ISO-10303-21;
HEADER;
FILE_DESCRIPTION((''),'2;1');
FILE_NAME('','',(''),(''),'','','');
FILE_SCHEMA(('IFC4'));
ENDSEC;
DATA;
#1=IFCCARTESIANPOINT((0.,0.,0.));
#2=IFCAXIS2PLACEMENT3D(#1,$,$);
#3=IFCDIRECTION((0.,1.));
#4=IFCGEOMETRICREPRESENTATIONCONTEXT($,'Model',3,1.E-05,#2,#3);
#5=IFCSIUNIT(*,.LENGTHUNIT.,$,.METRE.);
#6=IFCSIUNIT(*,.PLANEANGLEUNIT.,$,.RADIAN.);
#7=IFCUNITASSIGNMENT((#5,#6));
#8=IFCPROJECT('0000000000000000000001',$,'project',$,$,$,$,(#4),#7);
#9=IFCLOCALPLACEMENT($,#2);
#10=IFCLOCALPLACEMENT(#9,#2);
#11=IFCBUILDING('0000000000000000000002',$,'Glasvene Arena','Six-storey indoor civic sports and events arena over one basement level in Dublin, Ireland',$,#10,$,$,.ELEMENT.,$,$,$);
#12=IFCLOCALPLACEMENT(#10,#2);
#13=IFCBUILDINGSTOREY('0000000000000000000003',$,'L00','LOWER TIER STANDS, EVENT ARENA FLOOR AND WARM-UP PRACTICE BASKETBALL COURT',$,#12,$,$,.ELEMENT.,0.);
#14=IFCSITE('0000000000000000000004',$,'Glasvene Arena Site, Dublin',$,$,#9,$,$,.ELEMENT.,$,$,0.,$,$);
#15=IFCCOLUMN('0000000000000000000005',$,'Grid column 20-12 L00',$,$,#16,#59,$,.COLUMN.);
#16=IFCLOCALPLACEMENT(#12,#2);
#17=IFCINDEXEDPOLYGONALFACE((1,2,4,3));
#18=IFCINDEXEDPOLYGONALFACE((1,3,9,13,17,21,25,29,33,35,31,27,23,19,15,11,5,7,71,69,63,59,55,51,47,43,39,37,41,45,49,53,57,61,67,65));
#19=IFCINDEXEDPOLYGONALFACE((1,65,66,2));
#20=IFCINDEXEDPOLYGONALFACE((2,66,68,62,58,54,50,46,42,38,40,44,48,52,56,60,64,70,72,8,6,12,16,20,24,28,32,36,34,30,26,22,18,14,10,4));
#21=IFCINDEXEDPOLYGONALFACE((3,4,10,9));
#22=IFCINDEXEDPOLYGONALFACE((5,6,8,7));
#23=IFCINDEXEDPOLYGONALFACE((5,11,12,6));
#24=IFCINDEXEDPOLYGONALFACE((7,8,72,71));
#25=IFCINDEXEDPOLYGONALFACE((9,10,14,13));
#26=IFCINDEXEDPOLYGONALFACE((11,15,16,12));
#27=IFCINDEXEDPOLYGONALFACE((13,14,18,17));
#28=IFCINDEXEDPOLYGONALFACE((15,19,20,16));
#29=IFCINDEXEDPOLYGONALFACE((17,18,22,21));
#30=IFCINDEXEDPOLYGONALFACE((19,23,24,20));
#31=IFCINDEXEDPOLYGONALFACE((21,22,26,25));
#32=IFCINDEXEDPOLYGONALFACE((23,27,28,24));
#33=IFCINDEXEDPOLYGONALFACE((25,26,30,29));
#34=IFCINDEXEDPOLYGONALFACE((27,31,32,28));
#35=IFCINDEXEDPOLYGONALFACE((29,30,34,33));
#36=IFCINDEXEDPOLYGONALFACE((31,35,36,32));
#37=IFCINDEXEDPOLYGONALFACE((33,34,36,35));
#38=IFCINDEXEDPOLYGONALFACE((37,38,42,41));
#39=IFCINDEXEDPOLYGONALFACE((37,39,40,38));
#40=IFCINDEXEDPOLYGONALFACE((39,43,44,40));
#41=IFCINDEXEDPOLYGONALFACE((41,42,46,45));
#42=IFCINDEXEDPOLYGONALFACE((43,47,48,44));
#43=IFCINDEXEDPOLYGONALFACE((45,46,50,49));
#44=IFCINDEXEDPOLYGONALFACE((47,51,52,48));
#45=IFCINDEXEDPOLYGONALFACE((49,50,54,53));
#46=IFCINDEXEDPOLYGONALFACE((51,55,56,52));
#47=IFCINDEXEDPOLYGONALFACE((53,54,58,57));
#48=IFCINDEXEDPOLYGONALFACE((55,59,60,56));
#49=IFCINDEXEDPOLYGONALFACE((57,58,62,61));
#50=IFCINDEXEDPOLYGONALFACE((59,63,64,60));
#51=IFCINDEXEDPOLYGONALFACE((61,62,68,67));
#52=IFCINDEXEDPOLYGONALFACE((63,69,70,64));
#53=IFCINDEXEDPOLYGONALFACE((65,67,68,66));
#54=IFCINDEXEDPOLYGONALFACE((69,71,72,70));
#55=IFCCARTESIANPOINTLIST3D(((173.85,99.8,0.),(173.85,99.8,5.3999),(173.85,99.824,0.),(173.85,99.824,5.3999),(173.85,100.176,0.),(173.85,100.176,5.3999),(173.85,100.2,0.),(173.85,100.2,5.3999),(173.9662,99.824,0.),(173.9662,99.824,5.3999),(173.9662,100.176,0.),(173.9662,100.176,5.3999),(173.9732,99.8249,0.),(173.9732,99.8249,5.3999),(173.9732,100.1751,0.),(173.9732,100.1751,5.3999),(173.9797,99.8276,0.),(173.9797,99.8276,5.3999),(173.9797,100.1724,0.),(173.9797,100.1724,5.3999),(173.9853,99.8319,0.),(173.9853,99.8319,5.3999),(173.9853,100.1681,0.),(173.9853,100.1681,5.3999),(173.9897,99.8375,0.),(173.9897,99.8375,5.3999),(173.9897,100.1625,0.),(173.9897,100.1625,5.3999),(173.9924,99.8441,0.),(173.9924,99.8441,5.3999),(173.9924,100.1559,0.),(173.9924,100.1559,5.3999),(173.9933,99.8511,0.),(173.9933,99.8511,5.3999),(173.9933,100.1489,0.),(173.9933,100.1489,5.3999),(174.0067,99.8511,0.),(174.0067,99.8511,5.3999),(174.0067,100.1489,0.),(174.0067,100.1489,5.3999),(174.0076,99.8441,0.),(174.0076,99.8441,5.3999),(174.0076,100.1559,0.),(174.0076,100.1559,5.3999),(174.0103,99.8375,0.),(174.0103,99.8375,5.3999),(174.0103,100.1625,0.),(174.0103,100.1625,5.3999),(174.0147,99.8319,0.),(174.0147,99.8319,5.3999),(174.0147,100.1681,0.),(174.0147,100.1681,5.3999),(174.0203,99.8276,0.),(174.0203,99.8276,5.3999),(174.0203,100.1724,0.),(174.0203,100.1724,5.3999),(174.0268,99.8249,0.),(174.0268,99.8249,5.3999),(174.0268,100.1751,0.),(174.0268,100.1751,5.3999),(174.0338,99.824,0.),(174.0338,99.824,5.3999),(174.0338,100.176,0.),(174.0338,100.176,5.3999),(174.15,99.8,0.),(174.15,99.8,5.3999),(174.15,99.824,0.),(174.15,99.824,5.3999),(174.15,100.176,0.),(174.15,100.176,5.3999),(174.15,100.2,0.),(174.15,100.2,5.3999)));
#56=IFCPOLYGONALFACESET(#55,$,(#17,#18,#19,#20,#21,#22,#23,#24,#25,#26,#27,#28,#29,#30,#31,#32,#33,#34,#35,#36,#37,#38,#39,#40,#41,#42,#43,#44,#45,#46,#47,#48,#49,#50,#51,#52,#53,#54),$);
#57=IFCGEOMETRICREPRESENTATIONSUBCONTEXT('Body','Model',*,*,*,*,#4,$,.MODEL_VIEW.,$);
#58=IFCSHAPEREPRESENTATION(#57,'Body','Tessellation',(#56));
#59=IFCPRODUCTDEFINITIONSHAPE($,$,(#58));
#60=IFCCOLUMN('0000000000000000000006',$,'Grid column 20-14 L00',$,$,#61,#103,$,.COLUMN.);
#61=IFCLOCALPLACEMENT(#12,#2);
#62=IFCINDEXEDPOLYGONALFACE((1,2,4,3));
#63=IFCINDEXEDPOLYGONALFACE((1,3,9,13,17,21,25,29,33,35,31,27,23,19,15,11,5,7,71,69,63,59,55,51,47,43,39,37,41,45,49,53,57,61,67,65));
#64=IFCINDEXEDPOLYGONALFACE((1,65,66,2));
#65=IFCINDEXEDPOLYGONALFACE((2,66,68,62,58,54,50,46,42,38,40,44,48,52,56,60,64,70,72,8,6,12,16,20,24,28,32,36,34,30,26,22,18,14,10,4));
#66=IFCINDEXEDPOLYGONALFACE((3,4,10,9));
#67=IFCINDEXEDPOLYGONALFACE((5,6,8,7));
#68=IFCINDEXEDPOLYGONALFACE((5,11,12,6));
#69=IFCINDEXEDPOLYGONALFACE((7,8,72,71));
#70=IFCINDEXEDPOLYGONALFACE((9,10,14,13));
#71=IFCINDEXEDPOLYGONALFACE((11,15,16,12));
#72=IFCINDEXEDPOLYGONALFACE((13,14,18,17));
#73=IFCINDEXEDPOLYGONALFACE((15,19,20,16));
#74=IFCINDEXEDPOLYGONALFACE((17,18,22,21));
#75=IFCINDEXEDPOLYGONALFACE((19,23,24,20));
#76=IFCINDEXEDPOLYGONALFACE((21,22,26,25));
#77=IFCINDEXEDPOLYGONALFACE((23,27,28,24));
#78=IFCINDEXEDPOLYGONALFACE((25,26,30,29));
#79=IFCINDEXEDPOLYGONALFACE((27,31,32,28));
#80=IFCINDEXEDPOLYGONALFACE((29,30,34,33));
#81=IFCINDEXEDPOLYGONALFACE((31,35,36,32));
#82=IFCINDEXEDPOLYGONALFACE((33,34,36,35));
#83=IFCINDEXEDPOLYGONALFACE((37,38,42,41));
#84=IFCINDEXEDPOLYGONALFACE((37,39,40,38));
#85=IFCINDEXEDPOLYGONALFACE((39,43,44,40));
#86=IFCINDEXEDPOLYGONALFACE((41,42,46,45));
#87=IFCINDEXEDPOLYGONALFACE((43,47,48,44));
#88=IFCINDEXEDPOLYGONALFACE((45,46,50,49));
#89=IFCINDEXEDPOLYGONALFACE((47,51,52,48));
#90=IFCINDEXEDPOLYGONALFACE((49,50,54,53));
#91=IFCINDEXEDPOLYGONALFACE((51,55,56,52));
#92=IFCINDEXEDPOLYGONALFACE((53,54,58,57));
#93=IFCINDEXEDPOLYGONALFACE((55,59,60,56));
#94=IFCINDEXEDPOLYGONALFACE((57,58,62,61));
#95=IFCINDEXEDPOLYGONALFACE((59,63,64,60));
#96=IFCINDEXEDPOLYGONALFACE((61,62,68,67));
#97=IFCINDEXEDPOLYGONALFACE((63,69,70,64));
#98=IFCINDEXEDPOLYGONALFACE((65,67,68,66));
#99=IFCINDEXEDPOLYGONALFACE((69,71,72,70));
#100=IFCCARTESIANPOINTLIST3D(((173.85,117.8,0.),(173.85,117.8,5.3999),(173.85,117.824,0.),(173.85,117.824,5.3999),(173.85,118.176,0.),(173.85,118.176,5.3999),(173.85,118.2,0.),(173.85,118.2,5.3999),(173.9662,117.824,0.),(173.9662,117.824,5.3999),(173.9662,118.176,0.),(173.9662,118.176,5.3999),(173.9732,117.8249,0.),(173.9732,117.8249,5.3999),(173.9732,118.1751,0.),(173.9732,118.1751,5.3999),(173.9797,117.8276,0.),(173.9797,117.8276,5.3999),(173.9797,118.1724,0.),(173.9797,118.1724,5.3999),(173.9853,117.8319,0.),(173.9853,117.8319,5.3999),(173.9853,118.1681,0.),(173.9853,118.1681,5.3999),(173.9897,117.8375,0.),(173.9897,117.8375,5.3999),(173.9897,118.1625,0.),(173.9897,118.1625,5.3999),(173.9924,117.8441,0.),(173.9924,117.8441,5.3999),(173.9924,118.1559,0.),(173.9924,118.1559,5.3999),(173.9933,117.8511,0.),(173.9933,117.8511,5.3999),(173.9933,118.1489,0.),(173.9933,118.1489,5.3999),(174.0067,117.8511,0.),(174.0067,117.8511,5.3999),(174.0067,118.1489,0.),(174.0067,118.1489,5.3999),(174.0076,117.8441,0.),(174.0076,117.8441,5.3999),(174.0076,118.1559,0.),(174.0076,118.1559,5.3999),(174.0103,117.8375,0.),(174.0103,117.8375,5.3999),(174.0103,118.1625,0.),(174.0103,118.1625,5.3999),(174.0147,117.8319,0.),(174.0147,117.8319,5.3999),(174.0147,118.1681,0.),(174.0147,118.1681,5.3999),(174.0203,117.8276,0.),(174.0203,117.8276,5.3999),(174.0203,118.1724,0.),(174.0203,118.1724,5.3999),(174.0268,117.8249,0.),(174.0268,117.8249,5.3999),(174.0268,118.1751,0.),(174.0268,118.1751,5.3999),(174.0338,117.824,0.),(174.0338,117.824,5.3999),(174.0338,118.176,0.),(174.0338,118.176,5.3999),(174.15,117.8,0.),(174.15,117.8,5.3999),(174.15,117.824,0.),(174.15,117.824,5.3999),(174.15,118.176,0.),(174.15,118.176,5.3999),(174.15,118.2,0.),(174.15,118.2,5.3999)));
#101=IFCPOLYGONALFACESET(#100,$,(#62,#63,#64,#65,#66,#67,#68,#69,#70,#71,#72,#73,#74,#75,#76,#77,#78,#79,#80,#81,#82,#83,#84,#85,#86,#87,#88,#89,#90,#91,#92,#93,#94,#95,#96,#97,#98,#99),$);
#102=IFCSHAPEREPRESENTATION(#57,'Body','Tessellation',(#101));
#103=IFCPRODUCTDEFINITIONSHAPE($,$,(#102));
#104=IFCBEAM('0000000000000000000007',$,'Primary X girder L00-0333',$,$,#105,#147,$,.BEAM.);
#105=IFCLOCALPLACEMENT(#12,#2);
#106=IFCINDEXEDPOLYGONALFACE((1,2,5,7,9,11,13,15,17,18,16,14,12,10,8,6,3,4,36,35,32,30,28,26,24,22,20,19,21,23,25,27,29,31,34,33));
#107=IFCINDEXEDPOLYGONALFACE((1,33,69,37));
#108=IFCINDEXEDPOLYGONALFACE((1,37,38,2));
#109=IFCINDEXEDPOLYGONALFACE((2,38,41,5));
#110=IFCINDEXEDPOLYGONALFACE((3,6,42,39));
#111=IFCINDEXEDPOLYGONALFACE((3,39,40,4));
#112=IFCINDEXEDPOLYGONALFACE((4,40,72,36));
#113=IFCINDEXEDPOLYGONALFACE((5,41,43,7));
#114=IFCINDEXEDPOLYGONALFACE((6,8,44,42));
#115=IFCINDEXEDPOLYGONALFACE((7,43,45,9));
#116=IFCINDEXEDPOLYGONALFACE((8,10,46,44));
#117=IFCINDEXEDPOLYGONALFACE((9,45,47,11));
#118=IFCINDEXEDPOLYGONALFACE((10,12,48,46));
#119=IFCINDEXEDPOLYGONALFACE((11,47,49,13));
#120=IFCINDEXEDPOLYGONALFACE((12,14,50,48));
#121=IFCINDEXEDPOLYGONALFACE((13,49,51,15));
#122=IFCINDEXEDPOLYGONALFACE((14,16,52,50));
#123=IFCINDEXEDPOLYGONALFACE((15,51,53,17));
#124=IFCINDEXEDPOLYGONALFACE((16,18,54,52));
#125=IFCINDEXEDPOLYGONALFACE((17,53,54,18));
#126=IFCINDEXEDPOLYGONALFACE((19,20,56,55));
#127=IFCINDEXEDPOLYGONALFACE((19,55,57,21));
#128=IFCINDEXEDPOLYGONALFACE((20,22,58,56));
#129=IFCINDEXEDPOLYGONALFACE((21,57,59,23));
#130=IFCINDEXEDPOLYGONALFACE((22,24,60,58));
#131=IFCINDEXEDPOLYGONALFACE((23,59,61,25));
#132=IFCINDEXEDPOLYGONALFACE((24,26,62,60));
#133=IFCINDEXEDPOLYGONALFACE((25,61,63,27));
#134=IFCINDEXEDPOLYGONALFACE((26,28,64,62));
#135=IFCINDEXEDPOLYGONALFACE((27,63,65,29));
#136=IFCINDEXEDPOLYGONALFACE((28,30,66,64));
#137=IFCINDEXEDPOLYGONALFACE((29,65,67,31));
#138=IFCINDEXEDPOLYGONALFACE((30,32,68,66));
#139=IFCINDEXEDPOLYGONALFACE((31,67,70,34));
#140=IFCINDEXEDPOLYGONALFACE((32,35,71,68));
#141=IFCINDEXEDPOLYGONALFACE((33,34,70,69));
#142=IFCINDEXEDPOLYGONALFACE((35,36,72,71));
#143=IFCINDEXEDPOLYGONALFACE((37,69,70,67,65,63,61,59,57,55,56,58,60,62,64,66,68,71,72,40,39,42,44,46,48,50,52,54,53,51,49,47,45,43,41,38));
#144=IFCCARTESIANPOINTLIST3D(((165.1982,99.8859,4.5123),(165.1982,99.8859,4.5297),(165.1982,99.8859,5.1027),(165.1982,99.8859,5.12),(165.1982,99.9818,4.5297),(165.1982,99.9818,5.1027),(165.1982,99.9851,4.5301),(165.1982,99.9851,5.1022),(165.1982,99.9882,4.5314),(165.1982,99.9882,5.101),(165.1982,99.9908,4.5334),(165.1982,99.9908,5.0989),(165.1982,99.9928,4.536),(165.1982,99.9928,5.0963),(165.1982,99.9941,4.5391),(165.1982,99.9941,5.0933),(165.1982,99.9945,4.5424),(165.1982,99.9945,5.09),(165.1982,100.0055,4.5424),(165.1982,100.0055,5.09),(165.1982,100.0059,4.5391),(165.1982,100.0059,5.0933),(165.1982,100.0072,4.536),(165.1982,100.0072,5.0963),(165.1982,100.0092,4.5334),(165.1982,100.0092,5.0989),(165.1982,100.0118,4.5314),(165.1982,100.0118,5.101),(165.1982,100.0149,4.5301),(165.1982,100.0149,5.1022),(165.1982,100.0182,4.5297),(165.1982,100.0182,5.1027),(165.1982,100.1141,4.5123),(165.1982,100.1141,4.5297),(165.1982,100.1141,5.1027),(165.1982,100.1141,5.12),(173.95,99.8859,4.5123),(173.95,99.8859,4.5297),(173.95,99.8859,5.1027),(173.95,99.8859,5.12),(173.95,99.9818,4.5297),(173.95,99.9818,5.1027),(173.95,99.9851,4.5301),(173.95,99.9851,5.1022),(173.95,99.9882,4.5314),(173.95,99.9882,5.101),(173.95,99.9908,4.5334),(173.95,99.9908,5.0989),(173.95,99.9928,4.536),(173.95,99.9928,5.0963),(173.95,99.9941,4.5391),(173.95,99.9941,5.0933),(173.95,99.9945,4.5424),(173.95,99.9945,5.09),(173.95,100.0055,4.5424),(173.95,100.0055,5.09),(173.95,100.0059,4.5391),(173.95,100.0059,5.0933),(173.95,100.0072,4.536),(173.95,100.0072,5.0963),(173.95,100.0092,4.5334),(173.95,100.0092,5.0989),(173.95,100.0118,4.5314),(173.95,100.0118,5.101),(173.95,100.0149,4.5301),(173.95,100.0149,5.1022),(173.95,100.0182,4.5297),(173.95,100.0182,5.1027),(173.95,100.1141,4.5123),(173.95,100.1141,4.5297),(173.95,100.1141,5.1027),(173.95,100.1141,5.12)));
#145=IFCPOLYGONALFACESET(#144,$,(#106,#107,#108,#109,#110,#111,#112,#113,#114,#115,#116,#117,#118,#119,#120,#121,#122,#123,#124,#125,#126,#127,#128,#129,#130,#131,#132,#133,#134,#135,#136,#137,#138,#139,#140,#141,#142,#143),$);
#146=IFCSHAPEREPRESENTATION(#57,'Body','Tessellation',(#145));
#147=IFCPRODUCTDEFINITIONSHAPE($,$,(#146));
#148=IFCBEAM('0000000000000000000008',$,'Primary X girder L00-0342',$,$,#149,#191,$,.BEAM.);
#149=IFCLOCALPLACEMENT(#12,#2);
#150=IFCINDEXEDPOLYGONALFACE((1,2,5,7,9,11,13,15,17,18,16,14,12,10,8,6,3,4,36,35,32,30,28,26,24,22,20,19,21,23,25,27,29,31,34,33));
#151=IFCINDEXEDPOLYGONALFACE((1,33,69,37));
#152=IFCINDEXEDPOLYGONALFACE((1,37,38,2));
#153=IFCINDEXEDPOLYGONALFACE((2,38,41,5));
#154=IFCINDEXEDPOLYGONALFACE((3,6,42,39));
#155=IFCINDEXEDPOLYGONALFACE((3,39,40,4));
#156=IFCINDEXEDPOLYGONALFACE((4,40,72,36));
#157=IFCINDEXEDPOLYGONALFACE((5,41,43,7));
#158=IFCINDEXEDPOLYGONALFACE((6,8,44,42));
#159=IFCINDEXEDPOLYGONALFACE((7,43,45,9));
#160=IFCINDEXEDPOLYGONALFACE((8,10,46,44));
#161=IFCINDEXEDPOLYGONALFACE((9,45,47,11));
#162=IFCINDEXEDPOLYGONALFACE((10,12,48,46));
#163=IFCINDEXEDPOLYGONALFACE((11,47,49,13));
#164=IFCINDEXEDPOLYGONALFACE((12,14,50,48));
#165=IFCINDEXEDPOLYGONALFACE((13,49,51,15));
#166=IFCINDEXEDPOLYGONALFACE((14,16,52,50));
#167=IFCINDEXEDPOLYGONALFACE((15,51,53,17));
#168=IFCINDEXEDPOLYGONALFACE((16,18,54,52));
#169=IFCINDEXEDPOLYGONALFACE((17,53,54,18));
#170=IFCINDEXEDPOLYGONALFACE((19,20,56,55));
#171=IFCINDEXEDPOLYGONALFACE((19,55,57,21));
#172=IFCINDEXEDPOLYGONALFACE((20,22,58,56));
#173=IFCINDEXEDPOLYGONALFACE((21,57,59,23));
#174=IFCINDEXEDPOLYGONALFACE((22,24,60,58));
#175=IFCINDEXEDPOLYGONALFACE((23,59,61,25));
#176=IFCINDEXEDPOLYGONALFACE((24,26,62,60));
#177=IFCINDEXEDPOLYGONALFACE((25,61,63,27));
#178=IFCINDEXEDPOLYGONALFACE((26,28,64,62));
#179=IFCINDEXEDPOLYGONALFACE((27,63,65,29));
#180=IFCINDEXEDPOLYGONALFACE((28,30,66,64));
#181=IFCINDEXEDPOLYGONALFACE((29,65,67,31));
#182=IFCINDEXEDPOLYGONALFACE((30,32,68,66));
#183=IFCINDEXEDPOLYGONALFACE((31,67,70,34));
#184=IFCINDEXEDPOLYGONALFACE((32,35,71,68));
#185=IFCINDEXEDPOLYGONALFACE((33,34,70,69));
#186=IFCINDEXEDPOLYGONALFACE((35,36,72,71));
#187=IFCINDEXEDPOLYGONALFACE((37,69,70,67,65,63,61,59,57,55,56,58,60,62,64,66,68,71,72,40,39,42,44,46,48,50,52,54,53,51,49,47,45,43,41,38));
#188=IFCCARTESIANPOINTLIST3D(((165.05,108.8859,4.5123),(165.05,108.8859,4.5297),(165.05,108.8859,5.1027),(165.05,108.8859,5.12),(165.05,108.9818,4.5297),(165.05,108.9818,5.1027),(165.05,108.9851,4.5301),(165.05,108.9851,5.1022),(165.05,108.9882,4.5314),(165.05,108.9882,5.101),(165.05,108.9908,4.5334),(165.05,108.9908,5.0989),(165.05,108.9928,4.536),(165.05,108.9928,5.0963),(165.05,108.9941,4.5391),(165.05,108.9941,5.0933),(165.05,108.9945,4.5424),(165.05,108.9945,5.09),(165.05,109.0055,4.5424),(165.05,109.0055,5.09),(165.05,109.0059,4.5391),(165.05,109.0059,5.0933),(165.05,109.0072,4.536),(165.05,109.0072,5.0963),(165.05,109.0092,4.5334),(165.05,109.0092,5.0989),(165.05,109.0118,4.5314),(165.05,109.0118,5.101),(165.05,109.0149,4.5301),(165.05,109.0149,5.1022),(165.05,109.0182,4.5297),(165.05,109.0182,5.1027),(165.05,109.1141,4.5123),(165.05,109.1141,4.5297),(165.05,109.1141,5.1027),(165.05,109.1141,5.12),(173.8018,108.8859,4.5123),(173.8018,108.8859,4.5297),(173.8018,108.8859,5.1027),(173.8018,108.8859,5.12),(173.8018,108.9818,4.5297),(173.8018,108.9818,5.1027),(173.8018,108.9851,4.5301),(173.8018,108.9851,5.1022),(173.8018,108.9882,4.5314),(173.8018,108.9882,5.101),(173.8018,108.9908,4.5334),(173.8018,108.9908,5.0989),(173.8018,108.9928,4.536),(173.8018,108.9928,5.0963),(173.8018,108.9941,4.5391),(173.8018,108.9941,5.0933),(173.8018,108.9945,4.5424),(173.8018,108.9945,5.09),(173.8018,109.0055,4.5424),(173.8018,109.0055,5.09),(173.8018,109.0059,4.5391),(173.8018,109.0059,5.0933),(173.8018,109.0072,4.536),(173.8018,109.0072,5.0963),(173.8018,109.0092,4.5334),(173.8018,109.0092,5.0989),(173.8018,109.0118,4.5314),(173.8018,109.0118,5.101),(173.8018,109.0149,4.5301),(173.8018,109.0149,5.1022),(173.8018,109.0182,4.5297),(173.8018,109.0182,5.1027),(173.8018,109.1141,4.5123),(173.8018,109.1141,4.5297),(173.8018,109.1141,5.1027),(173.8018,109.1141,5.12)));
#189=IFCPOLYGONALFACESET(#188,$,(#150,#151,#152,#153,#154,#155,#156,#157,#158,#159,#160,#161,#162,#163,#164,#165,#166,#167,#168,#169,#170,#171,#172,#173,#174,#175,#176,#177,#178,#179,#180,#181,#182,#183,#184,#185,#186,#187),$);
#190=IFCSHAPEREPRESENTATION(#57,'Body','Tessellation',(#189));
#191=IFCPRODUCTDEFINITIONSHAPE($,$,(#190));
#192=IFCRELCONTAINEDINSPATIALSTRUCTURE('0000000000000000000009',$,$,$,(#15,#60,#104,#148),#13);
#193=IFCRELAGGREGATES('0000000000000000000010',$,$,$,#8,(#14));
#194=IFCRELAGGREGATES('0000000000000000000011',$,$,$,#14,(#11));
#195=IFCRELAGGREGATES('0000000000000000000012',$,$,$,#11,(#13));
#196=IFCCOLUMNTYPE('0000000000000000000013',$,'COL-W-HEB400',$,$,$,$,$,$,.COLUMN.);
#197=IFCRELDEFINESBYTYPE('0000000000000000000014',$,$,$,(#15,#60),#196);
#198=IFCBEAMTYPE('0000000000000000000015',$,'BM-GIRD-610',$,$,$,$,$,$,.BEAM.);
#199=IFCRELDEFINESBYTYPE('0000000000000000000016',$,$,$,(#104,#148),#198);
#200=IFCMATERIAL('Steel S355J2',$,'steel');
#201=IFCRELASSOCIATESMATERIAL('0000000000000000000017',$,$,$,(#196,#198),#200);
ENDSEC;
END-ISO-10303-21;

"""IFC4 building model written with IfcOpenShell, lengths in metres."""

from ifc_helpers import new_model, si_unit, direction, frame, origin, origin_2d, place, context, subcontext, project, spatial, i_section, extrude, material, material_profile, profile_set, type_object, element, save


model = new_model("IFC4")

# Units and contexts
model_context = context("Model", 3, precision=1e-05, world=origin(), true_north=direction((0.0, 1.0)))
body_context = subcontext(model_context, "Body", "Model", "MODEL_VIEW")
ifc_project = project(units=[si_unit("LENGTHUNIT", "METRE"), si_unit("PLANEANGLEUNIT", "RADIAN")], contexts=[model_context])

# Site, building, storey
site_placement = place(None, origin())
site = spatial("IfcSite", under=ifc_project, at=site_placement, Name="Glasvene Arena Site, Dublin", CompositionType="ELEMENT", RefElevation=0.0)
building_placement = place(site_placement, origin())
building = spatial("IfcBuilding", under=site, at=building_placement, Name="Glasvene Arena", Description="Six-storey indoor civic sports and events arena over one basement level in Dublin, Ireland", CompositionType="ELEMENT")
storey_placement = place(building_placement, origin())
storey = spatial("IfcBuildingStorey", under=building, at=storey_placement, Name="L00", Description="LOWER TIER STANDS, EVENT ARENA FLOOR AND WARM-UP PRACTICE BASKETBALL COURT", CompositionType="ELEMENT", Elevation=0.0)

# Columns
ifc_material_1 = material(Name="Steel S355J2", Category="steel")
ifc_material_profile_1 = material_profile(ifc_material_1, i_section(OverallWidth=0.3, OverallDepth=0.3999, WebThickness=0.0134, FlangeThickness=0.0239, FilletRadius=0.0271, at=origin_2d()), Name="HEB 400")
ifc_profile_set_1 = profile_set([ifc_material_profile_1], Name="Steel S355J2")
column_type_1 = type_object("IfcColumnType", Name="COL-W-HEB400", PredefinedType="COLUMN", material=ifc_profile_set_1)
for number, where, z_axis, x_axis, name in (
    (1, (174.0, 100.0, 0.0), (0.0, 0.0, 1.0), (1.0, 0.0, 0.0), "Grid column 20-12 L00"),
    (2, (174.0, 118.0, 0.0), (0.0, 0.0, 1.0), (1.0, 0.0, 0.0), "Grid column 20-14 L00"),
):
    element("IfcColumn", number, at=place(storey_placement, frame(where, z_axis=z_axis, x_axis=x_axis)), inside=storey, type_object=column_type_1, Name=name, PredefinedType="COLUMN", context=body_context, shape_type="SweptSolid", body=[
        extrude(i_section(OverallWidth=0.3, OverallDepth=0.3999, WebThickness=0.0134, FlangeThickness=0.0239, FilletRadius=0.0271, at=origin_2d()), origin(), (0.0, 0.0, 1.0), 5.3999),
    ])

# Beams
ifc_material_profile_2 = material_profile(ifc_material_1, i_section(OverallWidth=0.2283, OverallDepth=0.6077, WebThickness=0.011, FlangeThickness=0.0173, FilletRadius=0.0127, at=origin_2d()), Name="UKB 610x229x113")
ifc_profile_set_2 = profile_set([ifc_material_profile_2], Name="Steel S355J2")
beam_type_1 = type_object("IfcBeamType", Name="BM-GIRD-610", PredefinedType="BEAM", material=ifc_profile_set_2)
for number, where, z_axis, x_axis, name in (
    (3, (165.1982, 100.0, 4.8162), (1.0, 0.0, 0.0), (0.0, 1.0, 0.0), "Primary X girder L00-0333"),
    (4, (165.05, 109.0, 4.8162), (1.0, 0.0, 0.0), (0.0, 1.0, 0.0), "Primary X girder L00-0342"),
):
    element("IfcBeam", number, at=place(storey_placement, frame(where, z_axis=z_axis, x_axis=x_axis)), inside=storey, type_object=beam_type_1, Name=name, PredefinedType="BEAM", context=body_context, shape_type="SweptSolid", body=[
        extrude(i_section(OverallWidth=0.2283, OverallDepth=0.6077, WebThickness=0.011, FlangeThickness=0.0173, FilletRadius=0.0127, at=origin_2d()), origin(), (0.0, 0.0, 1.0), 8.7517),
    ])

save(model, "model.ifc")
